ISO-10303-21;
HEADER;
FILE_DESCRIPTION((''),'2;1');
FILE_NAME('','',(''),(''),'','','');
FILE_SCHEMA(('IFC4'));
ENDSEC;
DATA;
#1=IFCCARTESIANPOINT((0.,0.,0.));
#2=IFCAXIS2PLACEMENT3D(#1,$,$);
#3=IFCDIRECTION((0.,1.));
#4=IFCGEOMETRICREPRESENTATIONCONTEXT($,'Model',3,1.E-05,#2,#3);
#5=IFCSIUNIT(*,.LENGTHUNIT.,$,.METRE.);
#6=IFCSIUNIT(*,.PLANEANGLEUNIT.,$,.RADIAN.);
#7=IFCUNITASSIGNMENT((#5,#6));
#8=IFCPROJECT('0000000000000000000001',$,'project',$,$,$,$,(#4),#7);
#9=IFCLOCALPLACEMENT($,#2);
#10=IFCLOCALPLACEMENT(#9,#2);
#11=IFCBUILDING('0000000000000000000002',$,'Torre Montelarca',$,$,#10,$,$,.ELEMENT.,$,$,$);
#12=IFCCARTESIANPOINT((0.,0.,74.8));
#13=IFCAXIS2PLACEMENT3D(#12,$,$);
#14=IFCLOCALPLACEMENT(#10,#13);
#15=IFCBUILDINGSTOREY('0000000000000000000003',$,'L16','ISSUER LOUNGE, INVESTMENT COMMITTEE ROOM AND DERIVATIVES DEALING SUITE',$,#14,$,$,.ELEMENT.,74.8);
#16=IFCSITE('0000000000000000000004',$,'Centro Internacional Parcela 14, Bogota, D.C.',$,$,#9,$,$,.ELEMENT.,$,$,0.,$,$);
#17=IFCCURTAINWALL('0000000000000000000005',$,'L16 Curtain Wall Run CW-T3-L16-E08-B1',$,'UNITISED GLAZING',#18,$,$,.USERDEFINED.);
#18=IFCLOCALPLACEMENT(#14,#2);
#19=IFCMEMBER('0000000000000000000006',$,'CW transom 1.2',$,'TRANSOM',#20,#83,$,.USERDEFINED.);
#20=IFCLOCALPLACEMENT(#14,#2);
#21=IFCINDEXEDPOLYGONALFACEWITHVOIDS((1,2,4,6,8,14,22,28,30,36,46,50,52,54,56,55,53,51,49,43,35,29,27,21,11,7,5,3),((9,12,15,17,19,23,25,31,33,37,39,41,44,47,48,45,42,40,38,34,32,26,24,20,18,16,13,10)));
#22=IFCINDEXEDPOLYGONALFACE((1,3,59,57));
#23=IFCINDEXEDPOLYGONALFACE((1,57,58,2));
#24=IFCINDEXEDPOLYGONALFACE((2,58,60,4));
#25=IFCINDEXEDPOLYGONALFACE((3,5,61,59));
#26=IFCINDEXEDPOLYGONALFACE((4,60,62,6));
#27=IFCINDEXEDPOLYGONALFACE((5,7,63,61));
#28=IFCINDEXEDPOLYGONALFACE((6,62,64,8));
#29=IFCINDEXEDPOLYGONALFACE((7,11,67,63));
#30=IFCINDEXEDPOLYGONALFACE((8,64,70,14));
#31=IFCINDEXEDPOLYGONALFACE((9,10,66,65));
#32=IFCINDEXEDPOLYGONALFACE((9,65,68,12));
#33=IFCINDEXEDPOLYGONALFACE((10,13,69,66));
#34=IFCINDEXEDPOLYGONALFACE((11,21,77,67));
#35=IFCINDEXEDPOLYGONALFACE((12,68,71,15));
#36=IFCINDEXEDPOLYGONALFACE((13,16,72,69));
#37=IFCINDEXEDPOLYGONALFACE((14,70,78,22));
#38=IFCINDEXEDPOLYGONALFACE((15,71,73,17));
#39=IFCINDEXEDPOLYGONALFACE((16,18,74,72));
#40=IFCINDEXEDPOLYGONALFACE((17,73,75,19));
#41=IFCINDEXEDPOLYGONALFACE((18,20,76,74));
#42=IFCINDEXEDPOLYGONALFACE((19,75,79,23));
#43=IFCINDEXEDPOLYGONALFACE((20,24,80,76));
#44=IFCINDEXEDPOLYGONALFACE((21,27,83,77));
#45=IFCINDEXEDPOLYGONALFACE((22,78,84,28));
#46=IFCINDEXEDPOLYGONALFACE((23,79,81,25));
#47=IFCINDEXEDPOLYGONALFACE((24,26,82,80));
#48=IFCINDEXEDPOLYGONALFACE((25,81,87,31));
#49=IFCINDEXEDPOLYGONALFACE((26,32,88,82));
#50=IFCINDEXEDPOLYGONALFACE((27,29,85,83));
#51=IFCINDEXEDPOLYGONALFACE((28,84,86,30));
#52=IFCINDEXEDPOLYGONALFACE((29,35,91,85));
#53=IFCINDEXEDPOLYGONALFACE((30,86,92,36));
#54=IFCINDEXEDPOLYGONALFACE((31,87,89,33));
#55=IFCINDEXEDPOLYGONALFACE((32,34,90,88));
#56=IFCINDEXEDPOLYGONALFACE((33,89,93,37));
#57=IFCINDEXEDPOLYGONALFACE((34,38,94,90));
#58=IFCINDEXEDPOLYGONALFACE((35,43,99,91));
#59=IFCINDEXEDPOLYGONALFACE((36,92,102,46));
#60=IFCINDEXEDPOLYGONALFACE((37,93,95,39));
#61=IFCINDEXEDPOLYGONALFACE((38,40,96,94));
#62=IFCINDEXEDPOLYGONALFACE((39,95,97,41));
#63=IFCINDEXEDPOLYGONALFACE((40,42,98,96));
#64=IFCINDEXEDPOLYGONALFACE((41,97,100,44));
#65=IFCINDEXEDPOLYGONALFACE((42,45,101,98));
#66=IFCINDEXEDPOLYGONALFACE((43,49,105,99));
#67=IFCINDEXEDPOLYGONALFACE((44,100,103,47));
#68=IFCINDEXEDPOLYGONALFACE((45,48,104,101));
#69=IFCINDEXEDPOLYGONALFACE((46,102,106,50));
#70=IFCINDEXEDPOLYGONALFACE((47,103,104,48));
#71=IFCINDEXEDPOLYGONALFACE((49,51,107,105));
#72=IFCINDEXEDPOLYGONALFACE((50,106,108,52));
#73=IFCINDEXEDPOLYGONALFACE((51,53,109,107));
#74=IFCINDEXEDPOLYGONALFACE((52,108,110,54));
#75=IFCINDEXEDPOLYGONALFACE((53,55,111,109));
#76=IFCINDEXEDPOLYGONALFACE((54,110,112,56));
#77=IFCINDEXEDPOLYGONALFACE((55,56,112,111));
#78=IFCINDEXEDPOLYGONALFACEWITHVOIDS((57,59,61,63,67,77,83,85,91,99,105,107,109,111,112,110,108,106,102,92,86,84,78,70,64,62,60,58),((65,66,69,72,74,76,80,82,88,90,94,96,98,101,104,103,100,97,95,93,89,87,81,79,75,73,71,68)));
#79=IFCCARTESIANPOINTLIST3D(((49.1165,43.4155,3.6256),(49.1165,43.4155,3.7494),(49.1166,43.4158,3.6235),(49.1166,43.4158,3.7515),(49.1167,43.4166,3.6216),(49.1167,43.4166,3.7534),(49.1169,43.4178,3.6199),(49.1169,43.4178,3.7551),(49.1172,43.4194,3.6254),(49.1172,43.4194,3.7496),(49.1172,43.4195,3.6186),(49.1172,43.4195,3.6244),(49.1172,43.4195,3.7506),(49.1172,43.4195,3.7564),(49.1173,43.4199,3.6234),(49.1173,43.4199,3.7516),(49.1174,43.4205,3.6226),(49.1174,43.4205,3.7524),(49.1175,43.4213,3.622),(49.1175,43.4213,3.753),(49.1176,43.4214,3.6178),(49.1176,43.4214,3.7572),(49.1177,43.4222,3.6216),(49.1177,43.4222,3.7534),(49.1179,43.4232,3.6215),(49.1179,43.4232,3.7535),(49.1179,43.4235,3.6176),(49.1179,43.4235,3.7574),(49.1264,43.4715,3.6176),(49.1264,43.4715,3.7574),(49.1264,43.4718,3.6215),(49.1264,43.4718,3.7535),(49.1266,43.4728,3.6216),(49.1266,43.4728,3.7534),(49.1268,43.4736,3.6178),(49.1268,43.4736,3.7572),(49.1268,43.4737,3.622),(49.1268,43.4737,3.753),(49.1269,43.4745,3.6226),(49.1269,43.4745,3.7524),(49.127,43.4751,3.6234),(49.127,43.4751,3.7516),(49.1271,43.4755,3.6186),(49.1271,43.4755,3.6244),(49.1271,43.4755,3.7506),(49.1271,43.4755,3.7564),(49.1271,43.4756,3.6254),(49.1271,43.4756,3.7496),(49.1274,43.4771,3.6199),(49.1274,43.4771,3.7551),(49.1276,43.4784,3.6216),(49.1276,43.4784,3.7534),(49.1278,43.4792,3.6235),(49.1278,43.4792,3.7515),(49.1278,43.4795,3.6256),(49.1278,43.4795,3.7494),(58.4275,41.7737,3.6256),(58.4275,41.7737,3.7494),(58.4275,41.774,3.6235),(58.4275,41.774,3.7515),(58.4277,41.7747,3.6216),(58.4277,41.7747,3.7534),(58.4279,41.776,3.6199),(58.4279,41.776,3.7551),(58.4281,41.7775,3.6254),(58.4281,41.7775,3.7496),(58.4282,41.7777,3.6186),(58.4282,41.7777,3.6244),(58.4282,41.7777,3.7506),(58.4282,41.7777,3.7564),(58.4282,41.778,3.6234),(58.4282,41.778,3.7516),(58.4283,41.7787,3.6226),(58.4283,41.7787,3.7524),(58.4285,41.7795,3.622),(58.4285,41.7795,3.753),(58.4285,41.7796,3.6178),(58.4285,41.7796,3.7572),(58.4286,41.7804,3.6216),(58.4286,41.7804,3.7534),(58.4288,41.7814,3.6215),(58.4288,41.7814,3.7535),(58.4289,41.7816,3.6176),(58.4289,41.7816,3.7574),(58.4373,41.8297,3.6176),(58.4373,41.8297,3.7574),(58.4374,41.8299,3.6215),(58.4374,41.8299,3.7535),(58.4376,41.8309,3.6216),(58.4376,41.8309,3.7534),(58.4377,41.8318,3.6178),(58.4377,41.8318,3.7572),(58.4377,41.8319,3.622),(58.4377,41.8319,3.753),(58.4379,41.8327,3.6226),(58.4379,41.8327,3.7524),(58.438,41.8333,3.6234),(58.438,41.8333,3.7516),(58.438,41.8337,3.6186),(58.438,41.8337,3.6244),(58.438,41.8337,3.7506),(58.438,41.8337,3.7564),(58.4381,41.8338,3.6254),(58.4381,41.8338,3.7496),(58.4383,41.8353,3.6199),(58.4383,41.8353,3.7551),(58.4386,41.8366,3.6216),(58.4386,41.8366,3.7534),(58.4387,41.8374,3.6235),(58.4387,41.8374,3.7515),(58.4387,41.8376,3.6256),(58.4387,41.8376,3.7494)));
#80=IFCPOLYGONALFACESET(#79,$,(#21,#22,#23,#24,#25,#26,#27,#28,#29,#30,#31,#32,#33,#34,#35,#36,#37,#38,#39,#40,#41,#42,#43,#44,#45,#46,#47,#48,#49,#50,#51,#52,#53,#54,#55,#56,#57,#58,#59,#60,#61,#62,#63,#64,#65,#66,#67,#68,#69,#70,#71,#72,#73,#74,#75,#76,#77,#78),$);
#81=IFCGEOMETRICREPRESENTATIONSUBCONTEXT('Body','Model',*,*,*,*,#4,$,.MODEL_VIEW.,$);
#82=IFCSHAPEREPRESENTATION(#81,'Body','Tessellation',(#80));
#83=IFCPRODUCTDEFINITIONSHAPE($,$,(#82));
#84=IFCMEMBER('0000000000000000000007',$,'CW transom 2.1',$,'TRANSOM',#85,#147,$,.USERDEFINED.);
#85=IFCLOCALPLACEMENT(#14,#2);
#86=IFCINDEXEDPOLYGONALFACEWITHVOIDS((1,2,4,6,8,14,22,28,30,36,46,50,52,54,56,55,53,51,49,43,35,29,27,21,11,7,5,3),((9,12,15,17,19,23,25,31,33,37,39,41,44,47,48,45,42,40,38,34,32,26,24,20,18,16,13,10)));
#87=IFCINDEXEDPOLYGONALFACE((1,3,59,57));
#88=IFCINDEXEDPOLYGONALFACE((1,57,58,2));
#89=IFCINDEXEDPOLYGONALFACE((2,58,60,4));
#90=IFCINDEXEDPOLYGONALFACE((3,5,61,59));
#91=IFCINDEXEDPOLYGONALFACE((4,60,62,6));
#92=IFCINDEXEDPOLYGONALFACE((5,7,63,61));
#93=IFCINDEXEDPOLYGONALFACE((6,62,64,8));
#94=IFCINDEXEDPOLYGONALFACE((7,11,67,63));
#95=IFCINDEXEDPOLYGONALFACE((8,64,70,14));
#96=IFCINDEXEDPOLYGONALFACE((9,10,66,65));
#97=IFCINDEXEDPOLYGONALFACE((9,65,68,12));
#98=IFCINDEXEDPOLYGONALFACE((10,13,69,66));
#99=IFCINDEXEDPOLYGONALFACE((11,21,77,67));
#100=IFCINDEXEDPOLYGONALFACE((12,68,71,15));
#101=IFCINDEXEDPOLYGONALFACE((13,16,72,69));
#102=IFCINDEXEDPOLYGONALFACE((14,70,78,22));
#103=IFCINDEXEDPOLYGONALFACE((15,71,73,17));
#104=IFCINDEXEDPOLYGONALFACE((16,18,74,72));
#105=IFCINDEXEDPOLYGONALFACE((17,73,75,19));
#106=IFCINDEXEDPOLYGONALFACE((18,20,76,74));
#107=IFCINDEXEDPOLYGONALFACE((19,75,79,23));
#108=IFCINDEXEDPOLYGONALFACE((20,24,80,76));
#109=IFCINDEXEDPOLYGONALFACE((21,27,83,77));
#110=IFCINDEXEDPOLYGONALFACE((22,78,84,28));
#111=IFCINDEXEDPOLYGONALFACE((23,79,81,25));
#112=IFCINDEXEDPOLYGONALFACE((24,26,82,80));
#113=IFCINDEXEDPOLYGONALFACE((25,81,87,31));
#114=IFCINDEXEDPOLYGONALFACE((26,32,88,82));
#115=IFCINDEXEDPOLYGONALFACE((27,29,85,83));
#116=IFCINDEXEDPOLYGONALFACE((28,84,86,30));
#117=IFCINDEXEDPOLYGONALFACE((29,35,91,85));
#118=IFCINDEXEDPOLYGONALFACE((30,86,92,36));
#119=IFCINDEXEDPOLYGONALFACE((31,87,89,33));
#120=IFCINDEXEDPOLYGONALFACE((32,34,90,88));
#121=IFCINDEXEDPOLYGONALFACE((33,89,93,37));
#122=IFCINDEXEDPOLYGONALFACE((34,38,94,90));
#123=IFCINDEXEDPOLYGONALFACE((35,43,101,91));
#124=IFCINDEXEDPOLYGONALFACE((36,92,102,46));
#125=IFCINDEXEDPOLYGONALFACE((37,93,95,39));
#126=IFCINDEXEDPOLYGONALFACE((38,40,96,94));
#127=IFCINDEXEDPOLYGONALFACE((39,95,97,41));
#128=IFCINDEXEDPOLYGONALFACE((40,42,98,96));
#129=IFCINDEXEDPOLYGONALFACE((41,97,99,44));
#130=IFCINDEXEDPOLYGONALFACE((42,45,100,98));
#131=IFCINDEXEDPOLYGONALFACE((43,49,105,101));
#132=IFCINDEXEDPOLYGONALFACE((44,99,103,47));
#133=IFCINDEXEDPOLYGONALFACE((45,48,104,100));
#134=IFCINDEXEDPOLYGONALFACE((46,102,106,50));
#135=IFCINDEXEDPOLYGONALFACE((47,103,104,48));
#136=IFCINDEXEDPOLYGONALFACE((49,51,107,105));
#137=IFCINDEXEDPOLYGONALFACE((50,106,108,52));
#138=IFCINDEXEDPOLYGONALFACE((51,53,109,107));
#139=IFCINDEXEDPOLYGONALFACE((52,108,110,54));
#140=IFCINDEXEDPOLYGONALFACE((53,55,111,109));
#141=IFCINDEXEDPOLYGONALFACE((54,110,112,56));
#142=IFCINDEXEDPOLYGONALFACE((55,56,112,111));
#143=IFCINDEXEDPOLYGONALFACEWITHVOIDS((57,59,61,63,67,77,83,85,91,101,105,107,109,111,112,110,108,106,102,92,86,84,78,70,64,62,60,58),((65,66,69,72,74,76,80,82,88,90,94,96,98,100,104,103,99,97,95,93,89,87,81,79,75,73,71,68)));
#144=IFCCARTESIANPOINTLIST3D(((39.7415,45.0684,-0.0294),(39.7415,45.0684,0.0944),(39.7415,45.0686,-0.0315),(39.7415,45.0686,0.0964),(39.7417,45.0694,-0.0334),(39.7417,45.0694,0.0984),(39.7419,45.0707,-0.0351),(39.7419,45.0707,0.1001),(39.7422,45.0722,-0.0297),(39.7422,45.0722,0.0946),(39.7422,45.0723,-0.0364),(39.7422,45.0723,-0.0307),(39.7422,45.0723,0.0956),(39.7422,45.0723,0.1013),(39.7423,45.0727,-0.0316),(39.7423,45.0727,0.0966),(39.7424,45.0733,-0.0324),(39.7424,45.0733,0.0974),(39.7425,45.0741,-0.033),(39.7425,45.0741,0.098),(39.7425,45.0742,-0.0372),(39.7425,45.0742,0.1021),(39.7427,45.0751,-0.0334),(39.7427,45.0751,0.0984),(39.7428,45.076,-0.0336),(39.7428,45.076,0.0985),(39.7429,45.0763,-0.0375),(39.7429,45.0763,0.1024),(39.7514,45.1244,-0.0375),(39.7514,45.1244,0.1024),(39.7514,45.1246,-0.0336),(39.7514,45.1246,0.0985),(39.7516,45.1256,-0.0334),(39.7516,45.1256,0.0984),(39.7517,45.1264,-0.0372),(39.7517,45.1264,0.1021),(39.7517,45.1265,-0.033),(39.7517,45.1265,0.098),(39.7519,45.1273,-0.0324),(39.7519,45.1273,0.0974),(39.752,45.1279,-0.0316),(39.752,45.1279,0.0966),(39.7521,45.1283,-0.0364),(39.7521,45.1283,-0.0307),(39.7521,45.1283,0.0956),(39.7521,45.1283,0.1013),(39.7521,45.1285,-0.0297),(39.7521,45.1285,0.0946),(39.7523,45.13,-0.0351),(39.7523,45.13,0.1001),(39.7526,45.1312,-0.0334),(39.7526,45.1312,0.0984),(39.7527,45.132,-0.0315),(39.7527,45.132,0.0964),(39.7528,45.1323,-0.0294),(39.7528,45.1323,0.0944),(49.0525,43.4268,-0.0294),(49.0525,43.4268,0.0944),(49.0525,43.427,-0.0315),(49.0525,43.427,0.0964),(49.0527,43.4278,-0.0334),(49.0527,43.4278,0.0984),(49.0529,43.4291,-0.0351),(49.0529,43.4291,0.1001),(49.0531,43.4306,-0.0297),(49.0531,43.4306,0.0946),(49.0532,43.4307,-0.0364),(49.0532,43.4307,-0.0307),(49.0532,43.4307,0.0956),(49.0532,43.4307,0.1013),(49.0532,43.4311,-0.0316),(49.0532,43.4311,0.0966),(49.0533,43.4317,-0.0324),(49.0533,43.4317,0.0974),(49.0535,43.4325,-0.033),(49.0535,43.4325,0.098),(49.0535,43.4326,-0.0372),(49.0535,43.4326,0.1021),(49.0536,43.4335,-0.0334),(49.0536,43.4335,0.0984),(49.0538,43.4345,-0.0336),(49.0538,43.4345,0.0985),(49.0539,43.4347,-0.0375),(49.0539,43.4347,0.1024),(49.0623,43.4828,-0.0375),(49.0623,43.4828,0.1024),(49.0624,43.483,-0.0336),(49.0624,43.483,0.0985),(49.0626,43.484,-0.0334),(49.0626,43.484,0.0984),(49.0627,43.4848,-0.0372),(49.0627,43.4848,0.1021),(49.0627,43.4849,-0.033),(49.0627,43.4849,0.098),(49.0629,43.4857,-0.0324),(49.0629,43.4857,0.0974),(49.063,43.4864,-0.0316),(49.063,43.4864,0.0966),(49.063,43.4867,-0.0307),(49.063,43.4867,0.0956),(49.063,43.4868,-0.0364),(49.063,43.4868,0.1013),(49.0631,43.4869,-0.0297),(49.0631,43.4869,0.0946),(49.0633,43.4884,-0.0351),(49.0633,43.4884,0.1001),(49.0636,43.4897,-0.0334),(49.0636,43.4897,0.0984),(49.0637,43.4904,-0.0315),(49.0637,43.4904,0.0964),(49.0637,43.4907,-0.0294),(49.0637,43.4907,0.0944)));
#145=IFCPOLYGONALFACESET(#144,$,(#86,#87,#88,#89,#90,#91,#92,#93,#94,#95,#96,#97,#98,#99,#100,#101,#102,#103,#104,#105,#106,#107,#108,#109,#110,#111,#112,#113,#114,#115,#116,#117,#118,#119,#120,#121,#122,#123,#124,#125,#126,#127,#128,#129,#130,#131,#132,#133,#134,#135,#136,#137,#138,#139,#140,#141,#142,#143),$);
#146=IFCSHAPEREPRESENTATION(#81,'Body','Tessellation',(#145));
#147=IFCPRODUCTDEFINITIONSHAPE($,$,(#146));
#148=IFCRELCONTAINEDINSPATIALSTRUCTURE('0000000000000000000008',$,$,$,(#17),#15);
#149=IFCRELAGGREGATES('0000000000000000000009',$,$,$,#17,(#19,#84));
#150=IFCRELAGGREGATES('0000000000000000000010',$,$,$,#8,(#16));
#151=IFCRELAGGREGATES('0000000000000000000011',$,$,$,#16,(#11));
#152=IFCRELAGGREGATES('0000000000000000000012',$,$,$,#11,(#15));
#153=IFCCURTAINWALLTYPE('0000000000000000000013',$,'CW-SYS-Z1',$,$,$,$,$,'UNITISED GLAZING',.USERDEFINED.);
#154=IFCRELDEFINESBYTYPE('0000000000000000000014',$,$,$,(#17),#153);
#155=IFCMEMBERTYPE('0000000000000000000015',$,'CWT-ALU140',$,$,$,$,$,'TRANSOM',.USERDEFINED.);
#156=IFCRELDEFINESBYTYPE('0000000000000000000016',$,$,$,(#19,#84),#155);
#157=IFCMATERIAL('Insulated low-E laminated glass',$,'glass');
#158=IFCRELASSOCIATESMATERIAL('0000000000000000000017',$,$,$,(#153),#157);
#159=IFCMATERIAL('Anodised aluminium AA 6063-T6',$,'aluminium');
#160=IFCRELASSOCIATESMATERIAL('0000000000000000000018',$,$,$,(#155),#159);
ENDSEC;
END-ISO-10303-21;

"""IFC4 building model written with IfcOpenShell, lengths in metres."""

from ifc_helpers import new_model, si_unit, direction, frame, origin, origin_2d, place, context, subcontext, project, spatial, hollow_rectangle, extrude, source, transform, mapped, material, material_profile, profile_set, type_object, element, aggregate, save


model = new_model("IFC4")

# Units and contexts
model_context = context("Model", 3, precision=1e-05, world=origin(), true_north=direction((0.0, 1.0)))
body_context = subcontext(model_context, "Body", "Model", "MODEL_VIEW")
ifc_project = project(units=[si_unit("LENGTHUNIT", "METRE"), si_unit("PLANEANGLEUNIT", "RADIAN")], contexts=[model_context])

# Site, building, storey
site_placement = place(None, origin())
site = spatial("IfcSite", under=ifc_project, at=site_placement, Name="Centro Internacional Parcela 14, Bogota, D.C.", CompositionType="ELEMENT", RefElevation=0.0)
building_placement = place(site_placement, origin())
building = spatial("IfcBuilding", under=site, at=building_placement, Name="Torre Montelarca", CompositionType="ELEMENT")
storey_placement = place(building_placement, frame((0.0, 0.0, 74.8)))
storey = spatial("IfcBuildingStorey", under=building, at=storey_placement, Name="L16", Description="ISSUER LOUNGE, INVESTMENT COMMITTEE ROOM AND DERIVATIVES DEALING SUITE", CompositionType="ELEMENT", Elevation=74.8)

# Shared definitions
ifc_material_1 = material(Name="Insulated low-E laminated glass", Category="glass")
curtain_wall_type = type_object("IfcCurtainWallType", Name="CW-SYS-Z1", ElementType="UNITISED GLAZING", PredefinedType="USERDEFINED", material=ifc_material_1)
ifc_material_2 = material(Name="Anodised aluminium AA 6063-T6", Category="aluminium")
ifc_material_profile_1 = material_profile(ifc_material_2, hollow_rectangle(XDim=0.0649, YDim=0.1399, WallThickness=0.0039, InnerFilletRadius=0.0039, OuterFilletRadius=0.0081, at=origin_2d()), Name="ALU65X140X4", Category="aluminium")
ifc_profile_set_1 = profile_set([ifc_material_profile_1], Name="Anodised aluminium AA 6063-T6")
member_type_1 = type_object("IfcMemberType", Name="CWT-ALU140", ElementType="TRANSOM", PredefinedType="USERDEFINED", material=ifc_profile_set_1)

# Curtain wall
curtain_wall_1_placement = place(storey_placement, origin())
curtain_wall_1 = element("IfcCurtainWall", 1, at=curtain_wall_1_placement, inside=storey, type_object=curtain_wall_type, Name="L16 Curtain Wall Run CW-T3-L16-E08-B1", ObjectType="UNITISED GLAZING", PredefinedType="USERDEFINED")

# Members
shared_shape_1 = source(origin(), body_context, "Body", "SweptSolid", [
    extrude(hollow_rectangle(XDim=0.0649, YDim=0.1399, WallThickness=0.0039, InnerFilletRadius=0.0039, OuterFilletRadius=0.0081, at=origin_2d()), origin(), (0.0, 0.0, 1.0), 9.4546),
])
member_1_placement = place(storey_placement, frame((58.4331, 41.8057, 3.6875), z_axis=(-0.984807, 0.173654, 0.0), x_axis=(-0.173654, -0.984807, 0.0)))
member_1 = element("IfcMember", 2, at=member_1_placement, type_object=member_type_1, Name="CW transom 1.2", ObjectType="TRANSOM", PredefinedType="USERDEFINED", context=body_context, shape_type="MappedRepresentation", body=[
    mapped(shared_shape_1, transform((0.0, 0.0, 0.0), scale=1.0)),
])
member_2_placement = place(storey_placement, frame((49.0581, 43.4587, 0.0325), z_axis=(-0.984811, 0.173629, 0.0), x_axis=(-0.173629, -0.984811, 0.0)))
member_2 = element("IfcMember", 3, at=member_2_placement, type_object=member_type_1, Name="CW transom 2.1", ObjectType="TRANSOM", PredefinedType="USERDEFINED", context=body_context, shape_type="MappedRepresentation", body=[
    mapped(shared_shape_1, transform((0.0, 0.0, 0.0), scale=1.0)),
])

aggregate(curtain_wall_1, [member_1, member_2])

save(model, "model.ifc")
